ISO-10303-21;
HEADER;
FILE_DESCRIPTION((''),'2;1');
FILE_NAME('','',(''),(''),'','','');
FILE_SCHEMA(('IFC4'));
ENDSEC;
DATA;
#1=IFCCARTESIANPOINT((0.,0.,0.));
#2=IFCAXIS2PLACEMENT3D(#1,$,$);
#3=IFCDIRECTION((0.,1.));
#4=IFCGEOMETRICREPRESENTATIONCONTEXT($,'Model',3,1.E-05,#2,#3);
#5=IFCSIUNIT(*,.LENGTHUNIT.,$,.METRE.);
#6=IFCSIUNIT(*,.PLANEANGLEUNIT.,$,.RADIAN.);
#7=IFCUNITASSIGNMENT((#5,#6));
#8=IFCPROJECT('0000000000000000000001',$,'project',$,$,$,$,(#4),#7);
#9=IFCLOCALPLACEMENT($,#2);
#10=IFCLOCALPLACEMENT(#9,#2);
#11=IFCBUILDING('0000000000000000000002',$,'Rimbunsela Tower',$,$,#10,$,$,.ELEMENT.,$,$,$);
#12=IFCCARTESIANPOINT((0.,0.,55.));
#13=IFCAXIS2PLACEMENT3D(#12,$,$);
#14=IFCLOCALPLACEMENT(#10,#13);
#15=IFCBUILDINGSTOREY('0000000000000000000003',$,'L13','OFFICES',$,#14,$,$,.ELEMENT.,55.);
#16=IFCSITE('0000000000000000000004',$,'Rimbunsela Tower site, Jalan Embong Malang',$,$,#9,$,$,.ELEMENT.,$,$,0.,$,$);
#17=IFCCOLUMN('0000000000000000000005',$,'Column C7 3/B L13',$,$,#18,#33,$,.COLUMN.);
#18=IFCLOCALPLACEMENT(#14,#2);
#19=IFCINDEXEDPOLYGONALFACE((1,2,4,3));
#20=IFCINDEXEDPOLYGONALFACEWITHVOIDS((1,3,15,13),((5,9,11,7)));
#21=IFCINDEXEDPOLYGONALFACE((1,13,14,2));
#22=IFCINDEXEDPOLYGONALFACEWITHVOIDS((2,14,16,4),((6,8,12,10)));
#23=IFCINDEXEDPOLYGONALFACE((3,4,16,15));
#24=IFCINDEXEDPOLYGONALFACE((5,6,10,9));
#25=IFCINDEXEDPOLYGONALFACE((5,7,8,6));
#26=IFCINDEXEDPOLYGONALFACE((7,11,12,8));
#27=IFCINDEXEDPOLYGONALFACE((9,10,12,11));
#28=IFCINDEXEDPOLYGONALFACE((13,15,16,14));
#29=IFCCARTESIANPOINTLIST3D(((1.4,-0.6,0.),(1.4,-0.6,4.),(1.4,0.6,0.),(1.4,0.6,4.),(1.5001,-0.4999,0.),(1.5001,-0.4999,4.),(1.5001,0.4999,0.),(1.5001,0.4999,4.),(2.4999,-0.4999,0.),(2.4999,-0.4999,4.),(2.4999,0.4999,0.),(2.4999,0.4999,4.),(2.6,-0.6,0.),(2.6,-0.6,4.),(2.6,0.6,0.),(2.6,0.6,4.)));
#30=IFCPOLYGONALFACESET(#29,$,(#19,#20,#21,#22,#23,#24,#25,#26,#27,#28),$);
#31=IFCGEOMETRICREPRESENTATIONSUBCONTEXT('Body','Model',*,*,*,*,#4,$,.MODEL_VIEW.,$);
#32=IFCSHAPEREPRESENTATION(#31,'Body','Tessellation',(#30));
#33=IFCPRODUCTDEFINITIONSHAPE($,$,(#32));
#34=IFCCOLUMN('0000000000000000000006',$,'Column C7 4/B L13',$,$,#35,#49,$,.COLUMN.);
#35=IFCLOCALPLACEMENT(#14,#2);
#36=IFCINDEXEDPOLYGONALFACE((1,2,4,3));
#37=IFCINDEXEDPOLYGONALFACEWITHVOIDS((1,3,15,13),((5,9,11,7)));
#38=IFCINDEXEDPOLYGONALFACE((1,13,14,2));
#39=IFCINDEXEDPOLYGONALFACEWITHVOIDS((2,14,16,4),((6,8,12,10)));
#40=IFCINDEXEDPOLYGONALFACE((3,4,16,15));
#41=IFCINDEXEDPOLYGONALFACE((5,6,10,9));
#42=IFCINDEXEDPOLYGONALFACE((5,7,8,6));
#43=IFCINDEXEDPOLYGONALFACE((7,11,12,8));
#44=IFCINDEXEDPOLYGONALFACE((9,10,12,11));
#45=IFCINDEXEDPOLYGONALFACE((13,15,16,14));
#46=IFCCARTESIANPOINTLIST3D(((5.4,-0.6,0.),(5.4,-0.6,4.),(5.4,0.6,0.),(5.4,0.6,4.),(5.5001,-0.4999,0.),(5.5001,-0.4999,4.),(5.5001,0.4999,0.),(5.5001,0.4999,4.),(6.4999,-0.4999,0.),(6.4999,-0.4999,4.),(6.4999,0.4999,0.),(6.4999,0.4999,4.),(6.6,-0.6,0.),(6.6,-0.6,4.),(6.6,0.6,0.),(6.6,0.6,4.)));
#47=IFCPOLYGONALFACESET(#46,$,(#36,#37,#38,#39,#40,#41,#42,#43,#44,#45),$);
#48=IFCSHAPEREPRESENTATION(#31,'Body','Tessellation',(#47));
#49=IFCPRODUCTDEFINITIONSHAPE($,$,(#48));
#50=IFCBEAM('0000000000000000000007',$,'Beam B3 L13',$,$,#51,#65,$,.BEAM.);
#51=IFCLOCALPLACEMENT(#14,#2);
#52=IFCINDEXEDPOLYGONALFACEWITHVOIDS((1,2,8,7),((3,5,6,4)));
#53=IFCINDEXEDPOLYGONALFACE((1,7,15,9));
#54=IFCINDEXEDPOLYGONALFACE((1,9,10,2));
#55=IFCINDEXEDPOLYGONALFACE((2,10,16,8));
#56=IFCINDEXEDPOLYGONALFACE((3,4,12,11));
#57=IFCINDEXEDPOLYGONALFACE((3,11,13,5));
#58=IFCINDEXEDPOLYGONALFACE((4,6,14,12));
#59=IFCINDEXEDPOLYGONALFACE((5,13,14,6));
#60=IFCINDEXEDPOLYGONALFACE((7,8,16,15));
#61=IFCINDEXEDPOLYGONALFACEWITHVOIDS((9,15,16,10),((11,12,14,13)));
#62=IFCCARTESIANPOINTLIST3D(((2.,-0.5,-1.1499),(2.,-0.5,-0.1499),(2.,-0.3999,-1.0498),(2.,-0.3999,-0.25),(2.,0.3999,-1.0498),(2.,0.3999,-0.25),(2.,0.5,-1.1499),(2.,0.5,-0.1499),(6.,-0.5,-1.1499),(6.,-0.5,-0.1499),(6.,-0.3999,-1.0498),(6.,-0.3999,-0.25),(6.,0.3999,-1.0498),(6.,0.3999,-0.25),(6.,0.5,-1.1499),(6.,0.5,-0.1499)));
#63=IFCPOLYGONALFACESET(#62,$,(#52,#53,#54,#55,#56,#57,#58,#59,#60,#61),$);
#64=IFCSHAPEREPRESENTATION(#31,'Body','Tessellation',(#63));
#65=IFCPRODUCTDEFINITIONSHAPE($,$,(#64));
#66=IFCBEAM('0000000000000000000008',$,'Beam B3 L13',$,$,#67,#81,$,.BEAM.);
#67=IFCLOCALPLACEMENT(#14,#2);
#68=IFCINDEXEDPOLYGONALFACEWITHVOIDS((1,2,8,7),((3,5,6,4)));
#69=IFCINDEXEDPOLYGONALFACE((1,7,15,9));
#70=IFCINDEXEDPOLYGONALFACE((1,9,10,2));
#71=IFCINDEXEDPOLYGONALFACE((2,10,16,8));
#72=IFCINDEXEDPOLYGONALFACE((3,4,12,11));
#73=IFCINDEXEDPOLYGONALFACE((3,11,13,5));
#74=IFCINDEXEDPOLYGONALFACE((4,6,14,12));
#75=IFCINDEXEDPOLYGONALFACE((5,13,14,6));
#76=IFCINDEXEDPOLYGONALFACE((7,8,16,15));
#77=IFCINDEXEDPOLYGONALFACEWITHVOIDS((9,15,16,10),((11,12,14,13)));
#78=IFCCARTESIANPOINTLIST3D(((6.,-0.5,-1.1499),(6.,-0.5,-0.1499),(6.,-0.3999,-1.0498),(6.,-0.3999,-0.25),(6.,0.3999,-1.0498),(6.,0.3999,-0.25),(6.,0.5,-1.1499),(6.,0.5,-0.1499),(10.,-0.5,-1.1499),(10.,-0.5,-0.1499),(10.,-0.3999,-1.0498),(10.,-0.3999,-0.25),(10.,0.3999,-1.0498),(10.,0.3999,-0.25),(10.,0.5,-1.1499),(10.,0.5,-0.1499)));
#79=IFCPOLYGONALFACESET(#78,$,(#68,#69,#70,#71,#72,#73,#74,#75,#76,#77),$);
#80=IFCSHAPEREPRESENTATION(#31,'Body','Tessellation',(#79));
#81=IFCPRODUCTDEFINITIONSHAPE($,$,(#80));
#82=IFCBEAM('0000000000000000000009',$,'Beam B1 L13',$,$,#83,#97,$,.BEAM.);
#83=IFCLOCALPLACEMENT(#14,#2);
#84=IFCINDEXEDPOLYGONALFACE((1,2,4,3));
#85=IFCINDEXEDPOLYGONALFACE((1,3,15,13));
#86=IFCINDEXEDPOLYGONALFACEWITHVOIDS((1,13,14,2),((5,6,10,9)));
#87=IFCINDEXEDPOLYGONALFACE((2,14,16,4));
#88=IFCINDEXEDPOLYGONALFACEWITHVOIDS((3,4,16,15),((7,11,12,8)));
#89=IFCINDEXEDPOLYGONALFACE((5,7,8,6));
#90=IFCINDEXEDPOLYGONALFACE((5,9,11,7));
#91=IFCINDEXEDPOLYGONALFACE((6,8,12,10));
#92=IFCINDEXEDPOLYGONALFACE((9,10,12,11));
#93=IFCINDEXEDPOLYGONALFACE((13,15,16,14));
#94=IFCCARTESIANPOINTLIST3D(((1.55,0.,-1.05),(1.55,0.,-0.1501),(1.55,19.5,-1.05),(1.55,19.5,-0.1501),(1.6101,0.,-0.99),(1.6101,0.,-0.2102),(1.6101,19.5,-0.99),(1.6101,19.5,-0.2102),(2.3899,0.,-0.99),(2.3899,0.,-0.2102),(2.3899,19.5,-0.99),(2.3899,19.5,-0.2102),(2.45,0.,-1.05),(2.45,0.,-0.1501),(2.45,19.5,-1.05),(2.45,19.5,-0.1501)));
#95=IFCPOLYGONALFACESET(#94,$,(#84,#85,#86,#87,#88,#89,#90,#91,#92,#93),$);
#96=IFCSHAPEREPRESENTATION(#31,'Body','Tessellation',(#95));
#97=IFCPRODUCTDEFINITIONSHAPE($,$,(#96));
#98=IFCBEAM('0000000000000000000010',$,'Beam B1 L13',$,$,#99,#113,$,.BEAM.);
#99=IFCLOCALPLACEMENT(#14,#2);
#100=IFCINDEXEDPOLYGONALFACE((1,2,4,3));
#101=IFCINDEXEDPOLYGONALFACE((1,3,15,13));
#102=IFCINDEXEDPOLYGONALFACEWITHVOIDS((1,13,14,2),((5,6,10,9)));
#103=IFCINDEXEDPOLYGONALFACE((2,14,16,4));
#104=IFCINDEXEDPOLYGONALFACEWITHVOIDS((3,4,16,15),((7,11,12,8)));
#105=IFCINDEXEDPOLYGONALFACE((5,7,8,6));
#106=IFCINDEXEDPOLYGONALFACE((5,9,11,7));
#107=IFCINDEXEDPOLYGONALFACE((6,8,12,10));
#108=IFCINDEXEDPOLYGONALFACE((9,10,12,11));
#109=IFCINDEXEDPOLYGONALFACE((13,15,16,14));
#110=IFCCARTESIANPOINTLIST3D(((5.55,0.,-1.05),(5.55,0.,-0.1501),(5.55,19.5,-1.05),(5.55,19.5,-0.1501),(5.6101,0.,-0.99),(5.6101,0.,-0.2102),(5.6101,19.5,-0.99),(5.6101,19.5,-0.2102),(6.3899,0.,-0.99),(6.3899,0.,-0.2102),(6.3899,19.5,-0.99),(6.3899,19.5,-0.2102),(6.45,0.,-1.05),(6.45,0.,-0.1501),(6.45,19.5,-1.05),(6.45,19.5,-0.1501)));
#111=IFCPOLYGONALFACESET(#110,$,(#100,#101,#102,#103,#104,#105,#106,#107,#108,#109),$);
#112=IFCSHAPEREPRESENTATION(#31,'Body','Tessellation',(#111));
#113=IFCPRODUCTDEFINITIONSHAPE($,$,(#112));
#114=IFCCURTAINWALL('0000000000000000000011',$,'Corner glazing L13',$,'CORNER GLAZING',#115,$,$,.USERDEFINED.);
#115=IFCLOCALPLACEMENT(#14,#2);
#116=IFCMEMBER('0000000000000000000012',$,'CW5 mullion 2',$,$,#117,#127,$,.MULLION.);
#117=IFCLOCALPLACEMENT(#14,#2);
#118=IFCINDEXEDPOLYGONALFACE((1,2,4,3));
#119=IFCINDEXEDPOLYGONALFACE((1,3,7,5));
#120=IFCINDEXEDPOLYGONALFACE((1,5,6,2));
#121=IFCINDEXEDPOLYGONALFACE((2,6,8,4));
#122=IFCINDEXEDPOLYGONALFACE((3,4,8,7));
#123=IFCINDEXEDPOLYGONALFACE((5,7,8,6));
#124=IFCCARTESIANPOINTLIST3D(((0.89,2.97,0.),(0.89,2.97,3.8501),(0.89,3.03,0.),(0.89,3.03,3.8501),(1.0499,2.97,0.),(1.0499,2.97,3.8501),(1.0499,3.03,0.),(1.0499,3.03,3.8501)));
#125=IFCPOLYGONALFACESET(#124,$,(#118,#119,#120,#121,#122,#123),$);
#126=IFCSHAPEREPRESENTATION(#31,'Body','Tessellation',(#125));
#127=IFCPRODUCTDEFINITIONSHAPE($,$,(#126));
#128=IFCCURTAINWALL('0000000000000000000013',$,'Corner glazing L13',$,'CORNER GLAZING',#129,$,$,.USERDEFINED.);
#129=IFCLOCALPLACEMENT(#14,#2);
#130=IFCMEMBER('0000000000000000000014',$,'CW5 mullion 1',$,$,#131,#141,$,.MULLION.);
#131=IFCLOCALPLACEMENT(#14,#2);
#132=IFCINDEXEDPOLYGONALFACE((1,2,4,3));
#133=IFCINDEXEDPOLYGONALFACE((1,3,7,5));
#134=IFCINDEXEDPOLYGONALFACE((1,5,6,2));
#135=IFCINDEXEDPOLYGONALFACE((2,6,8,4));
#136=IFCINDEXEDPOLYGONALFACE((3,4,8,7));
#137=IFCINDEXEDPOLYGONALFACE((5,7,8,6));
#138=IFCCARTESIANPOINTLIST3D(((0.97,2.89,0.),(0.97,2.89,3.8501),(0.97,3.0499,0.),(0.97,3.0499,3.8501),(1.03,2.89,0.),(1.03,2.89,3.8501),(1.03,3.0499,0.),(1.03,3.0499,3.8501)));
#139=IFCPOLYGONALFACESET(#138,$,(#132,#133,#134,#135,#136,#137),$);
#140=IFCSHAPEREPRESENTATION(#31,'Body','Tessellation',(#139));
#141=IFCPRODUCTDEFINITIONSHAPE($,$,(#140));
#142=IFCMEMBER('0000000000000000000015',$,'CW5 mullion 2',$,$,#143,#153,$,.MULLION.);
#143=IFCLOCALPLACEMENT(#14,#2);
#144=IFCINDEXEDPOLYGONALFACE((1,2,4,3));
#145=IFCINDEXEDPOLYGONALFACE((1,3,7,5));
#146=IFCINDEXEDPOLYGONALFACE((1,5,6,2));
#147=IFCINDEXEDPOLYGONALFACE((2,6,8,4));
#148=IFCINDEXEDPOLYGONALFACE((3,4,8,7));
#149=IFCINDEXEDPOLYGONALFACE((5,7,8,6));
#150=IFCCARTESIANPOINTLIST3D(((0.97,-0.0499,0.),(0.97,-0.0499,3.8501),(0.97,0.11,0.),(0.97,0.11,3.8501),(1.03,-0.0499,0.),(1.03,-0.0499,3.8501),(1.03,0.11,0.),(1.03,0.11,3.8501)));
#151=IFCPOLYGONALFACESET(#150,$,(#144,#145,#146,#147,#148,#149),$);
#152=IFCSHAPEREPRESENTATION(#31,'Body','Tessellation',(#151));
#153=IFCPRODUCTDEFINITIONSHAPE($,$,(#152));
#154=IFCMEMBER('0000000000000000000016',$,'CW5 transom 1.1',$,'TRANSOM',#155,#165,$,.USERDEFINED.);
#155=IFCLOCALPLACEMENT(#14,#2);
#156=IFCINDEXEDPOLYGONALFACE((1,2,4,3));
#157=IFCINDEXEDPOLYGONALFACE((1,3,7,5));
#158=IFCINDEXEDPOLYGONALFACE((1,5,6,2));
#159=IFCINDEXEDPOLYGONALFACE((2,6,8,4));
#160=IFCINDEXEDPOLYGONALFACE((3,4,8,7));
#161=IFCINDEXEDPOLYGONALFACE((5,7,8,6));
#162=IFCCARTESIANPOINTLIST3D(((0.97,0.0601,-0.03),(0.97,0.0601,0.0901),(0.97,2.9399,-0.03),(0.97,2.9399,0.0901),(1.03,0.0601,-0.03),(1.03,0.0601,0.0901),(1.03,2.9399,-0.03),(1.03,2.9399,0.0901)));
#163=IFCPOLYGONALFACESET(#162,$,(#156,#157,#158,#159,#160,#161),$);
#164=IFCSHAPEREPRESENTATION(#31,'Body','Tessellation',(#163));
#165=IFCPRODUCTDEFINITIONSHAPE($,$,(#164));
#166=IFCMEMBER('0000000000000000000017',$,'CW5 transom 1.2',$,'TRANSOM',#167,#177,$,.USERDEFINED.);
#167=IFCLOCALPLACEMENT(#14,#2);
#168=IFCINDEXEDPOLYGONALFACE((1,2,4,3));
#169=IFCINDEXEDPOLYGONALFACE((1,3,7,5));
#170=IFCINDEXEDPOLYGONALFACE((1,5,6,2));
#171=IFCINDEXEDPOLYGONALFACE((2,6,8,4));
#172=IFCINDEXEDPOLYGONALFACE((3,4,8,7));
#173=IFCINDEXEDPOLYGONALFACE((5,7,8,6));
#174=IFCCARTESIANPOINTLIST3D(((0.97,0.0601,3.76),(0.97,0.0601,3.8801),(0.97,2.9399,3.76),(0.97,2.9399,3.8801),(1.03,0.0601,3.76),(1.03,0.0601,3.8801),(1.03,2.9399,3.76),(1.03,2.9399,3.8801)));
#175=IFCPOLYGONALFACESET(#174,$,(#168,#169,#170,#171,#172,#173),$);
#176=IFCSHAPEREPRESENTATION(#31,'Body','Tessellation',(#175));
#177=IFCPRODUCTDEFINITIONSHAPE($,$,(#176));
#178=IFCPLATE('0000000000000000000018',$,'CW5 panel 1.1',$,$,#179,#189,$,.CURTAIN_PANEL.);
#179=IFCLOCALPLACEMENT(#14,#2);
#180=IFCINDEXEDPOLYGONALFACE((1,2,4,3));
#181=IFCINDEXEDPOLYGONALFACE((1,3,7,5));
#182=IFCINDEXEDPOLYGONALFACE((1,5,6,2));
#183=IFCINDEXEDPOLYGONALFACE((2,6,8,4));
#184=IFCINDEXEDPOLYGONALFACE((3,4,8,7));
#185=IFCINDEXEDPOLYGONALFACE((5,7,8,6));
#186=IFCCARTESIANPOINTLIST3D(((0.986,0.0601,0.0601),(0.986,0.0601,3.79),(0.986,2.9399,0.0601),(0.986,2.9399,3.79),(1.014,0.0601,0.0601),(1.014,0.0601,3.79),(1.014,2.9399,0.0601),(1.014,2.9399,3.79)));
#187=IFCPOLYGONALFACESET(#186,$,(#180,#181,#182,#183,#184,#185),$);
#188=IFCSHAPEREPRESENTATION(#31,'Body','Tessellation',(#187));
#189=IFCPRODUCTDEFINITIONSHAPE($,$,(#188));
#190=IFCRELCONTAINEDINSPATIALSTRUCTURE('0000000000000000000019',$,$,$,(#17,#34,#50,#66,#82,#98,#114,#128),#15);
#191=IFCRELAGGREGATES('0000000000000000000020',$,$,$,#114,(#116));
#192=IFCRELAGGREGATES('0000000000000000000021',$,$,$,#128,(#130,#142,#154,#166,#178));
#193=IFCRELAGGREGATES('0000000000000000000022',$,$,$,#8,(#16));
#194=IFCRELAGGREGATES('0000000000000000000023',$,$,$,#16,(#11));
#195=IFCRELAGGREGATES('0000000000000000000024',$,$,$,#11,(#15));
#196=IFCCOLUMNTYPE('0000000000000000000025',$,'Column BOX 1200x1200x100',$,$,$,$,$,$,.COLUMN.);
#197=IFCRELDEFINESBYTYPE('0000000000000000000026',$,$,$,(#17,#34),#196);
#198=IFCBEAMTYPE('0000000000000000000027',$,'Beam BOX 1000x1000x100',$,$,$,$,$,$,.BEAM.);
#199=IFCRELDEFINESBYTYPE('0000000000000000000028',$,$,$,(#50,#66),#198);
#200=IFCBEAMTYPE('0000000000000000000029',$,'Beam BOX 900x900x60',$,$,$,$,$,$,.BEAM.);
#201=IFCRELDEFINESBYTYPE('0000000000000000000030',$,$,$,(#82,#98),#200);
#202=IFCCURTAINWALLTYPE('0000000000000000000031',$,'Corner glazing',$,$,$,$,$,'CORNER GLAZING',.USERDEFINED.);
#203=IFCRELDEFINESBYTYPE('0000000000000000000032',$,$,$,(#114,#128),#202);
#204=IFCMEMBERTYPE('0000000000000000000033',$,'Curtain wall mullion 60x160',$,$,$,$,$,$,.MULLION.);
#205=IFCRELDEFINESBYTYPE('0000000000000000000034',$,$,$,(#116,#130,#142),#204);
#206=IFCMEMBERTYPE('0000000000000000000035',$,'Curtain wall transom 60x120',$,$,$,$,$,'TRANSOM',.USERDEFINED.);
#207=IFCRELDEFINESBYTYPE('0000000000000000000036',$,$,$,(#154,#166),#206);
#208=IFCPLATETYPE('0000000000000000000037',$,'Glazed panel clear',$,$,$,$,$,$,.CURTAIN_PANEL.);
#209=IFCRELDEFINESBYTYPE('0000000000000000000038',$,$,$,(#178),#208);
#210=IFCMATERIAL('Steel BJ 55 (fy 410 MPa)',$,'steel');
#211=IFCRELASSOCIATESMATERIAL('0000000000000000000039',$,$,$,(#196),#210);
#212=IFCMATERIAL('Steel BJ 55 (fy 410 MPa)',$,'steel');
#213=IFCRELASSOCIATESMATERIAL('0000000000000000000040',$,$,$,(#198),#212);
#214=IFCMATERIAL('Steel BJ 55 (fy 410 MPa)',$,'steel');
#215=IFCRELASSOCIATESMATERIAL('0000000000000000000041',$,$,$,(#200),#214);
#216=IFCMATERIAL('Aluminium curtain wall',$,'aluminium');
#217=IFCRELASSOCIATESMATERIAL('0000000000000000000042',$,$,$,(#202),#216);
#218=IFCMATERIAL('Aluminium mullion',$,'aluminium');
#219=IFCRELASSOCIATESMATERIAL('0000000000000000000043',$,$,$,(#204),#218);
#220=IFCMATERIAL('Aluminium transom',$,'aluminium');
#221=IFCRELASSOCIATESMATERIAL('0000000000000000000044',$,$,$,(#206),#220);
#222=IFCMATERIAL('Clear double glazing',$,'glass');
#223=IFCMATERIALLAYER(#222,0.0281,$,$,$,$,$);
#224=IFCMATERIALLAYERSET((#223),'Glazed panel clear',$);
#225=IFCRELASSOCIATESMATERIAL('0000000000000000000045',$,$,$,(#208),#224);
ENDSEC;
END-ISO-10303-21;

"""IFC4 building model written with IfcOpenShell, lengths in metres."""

from ifc_helpers import new_model, si_unit, direction, frame, origin, origin_2d, place, context, subcontext, project, spatial, rectangle, hollow_rectangle, extrude, material, layer, layer_set, material_profile, profile_set, type_object, element, aggregate, save


model = new_model("IFC4")

# Units and contexts
model_context = context("Model", 3, precision=1e-05, world=origin(), true_north=direction((0.0, 1.0)))
body_context = subcontext(model_context, "Body", "Model", "MODEL_VIEW")
ifc_project = project(units=[si_unit("LENGTHUNIT", "METRE"), si_unit("PLANEANGLEUNIT", "RADIAN")], contexts=[model_context])

# Site, building, storey
site_placement = place(None, origin())
site = spatial("IfcSite", under=ifc_project, at=site_placement, Name="Rimbunsela Tower site, Jalan Embong Malang", CompositionType="ELEMENT", RefElevation=0.0)
building_placement = place(site_placement, origin())
building = spatial("IfcBuilding", under=site, at=building_placement, Name="Rimbunsela Tower", CompositionType="ELEMENT")
storey_placement = place(building_placement, frame((0.0, 0.0, 55.0)))
storey = spatial("IfcBuildingStorey", under=building, at=storey_placement, Name="L13", Description="OFFICES", CompositionType="ELEMENT", Elevation=55.0)

# Columns
ifc_material_1 = material(Name="Steel BJ 55 (fy 410 MPa)", Category="steel")
ifc_material_profile_1 = material_profile(ifc_material_1, hollow_rectangle(XDim=1.2, YDim=1.2, WallThickness=0.1001, at=origin_2d()), Name="BOX 1200x1200x100")
ifc_profile_set_1 = profile_set([ifc_material_profile_1], Name="Steel BJ 55 (fy 410 MPa)")
column_type = type_object("IfcColumnType", Name="Column BOX 1200x1200x100", PredefinedType="COLUMN", material=ifc_profile_set_1)
for number, where, z_axis, x_axis, name in (
    (1, (2.0, 0.0, 0.0), (0.0, 0.0, 1.0), (1.0, 0.0, 0.0), "Column C7 3/B L13"),
    (2, (6.0, 0.0, 0.0), (0.0, 0.0, 1.0), (1.0, 0.0, 0.0), "Column C7 4/B L13"),
):
    element("IfcColumn", number, at=place(storey_placement, frame(where, z_axis=z_axis, x_axis=x_axis)), inside=storey, type_object=column_type, Name=name, PredefinedType="COLUMN", context=body_context, shape_type="SweptSolid", body=[
        extrude(hollow_rectangle(XDim=1.2, YDim=1.2, WallThickness=0.1001, at=origin_2d()), origin(), (0.0, 0.0, 1.0), 4.0),
    ])

# Beams
ifc_material_2 = material(Name="Steel BJ 55 (fy 410 MPa)", Category="steel")
ifc_material_profile_2 = material_profile(ifc_material_2, hollow_rectangle(XDim=1.0, YDim=1.0, WallThickness=0.1001, at=origin_2d()), Name="BOX 1000x1000x100")
ifc_profile_set_2 = profile_set([ifc_material_profile_2], Name="Steel BJ 55 (fy 410 MPa)")
beam_type_1 = type_object("IfcBeamType", Name="Beam BOX 1000x1000x100", PredefinedType="BEAM", material=ifc_profile_set_2)
for number, where, z_axis, x_axis, name in (
    (3, (2.0, 0.0, -0.6499), (1.0, 0.0, 0.0), (0.0, 1.0, 0.0), "Beam B3 L13"),
    (4, (6.0, 0.0, -0.6499), (1.0, 0.0, 0.0), (0.0, 1.0, 0.0), "Beam B3 L13"),
):
    element("IfcBeam", number, at=place(storey_placement, frame(where, z_axis=z_axis, x_axis=x_axis)), inside=storey, type_object=beam_type_1, Name=name, PredefinedType="BEAM", context=body_context, shape_type="SweptSolid", body=[
        extrude(hollow_rectangle(XDim=1.0, YDim=1.0, WallThickness=0.1001, at=origin_2d()), origin(), (0.0, 0.0, 1.0), 4.0),
    ])
ifc_material_3 = material(Name="Steel BJ 55 (fy 410 MPa)", Category="steel")
ifc_material_profile_3 = material_profile(ifc_material_3, hollow_rectangle(XDim=0.8999, YDim=0.8999, WallThickness=0.0601, at=origin_2d()), Name="BOX 900x900x60")
ifc_profile_set_3 = profile_set([ifc_material_profile_3], Name="Steel BJ 55 (fy 410 MPa)")
beam_type_2 = type_object("IfcBeamType", Name="Beam BOX 900x900x60", PredefinedType="BEAM", material=ifc_profile_set_3)
for number, where, z_axis, x_axis, name in (
    (5, (2.0, 0.0, -0.6001), (0.0, 1.0, 0.0), (-1.0, 0.0, 0.0), "Beam B1 L13"),
    (6, (6.0, 0.0, -0.6001), (0.0, 1.0, 0.0), (-1.0, 0.0, 0.0), "Beam B1 L13"),
):
    element("IfcBeam", number, at=place(storey_placement, frame(where, z_axis=z_axis, x_axis=x_axis)), inside=storey, type_object=beam_type_2, Name=name, PredefinedType="BEAM", context=body_context, shape_type="SweptSolid", body=[
        extrude(hollow_rectangle(XDim=0.8999, YDim=0.8999, WallThickness=0.0601, at=origin_2d()), origin(), (0.0, 0.0, 1.0), 19.5),
    ])

# Curtain wall, member
ifc_material_4 = material(Name="Aluminium curtain wall", Category="aluminium")
curtain_wall_type = type_object("IfcCurtainWallType", Name="Corner glazing", ElementType="CORNER GLAZING", PredefinedType="USERDEFINED", material=ifc_material_4)
curtain_wall_1_placement = place(storey_placement, origin())
curtain_wall_1 = element("IfcCurtainWall", 7, at=curtain_wall_1_placement, inside=storey, type_object=curtain_wall_type, Name="Corner glazing L13", ObjectType="CORNER GLAZING", PredefinedType="USERDEFINED")
ifc_material_5 = material(Name="Aluminium mullion", Category="aluminium")
ifc_material_profile_4 = material_profile(ifc_material_5, rectangle(XDim=0.0601, YDim=0.1599, at=origin_2d()), Name="Mullion 60x160")
ifc_profile_set_4 = profile_set([ifc_material_profile_4], Name="Aluminium mullion")
member_type_1 = type_object("IfcMemberType", Name="Curtain wall mullion 60x160", PredefinedType="MULLION", material=ifc_profile_set_4)
member_1_placement = place(storey_placement, frame((0.97, 3.0, 0.0), z_axis=(0.0, 0.0, 1.0), x_axis=(0.0, 1.0, 0.0)))
member_1 = element("IfcMember", 8, at=member_1_placement, type_object=member_type_1, Name="CW5 mullion 2", PredefinedType="MULLION", context=body_context, shape_type="SweptSolid", body=[
    extrude(rectangle(XDim=0.0601, YDim=0.1599, at=origin_2d()), origin(), (0.0, 0.0, 1.0), 3.8501),
])
aggregate(curtain_wall_1, [member_1])

# Curtain wall, members, plate
curtain_wall_2_placement = place(storey_placement, origin())
curtain_wall_2 = element("IfcCurtainWall", 9, at=curtain_wall_2_placement, inside=storey, type_object=curtain_wall_type, Name="Corner glazing L13", ObjectType="CORNER GLAZING", PredefinedType="USERDEFINED")
member_2_placement = place(storey_placement, frame((1.0, 2.97, 0.0), z_axis=(0.0, 0.0, 1.0), x_axis=(1.0, 0.0, 0.0)))
member_2 = element("IfcMember", 10, at=member_2_placement, type_object=member_type_1, Name="CW5 mullion 1", PredefinedType="MULLION", context=body_context, shape_type="SweptSolid", body=[
    extrude(rectangle(XDim=0.0601, YDim=0.1599, at=origin_2d()), origin(), (0.0, 0.0, 1.0), 3.8501),
])
member_3_placement = place(storey_placement, frame((1.0, 0.03, 0.0), z_axis=(0.0, 0.0, 1.0), x_axis=(1.0, 0.0, 0.0)))
member_3 = element("IfcMember", 11, at=member_3_placement, type_object=member_type_1, Name="CW5 mullion 2", PredefinedType="MULLION", context=body_context, shape_type="SweptSolid", body=[
    extrude(rectangle(XDim=0.0601, YDim=0.1599, at=origin_2d()), origin(), (0.0, 0.0, 1.0), 3.8501),
])
ifc_material_6 = material(Name="Aluminium transom", Category="aluminium")
ifc_material_profile_5 = material_profile(ifc_material_6, rectangle(XDim=0.0601, YDim=0.1201, at=origin_2d()), Name="Transom 60x120")
ifc_profile_set_5 = profile_set([ifc_material_profile_5], Name="Aluminium transom")
member_type_2 = type_object("IfcMemberType", Name="Curtain wall transom 60x120", ElementType="TRANSOM", PredefinedType="USERDEFINED", material=ifc_profile_set_5)
member_4_placement = place(storey_placement, frame((1.0, 2.9399, 0.03), z_axis=(0.0, -1.0, 0.0), x_axis=(1.0, 0.0, 0.0)))
member_4 = element("IfcMember", 12, at=member_4_placement, type_object=member_type_2, Name="CW5 transom 1.1", ObjectType="TRANSOM", PredefinedType="USERDEFINED", context=body_context, shape_type="SweptSolid", body=[
    extrude(rectangle(XDim=0.0601, YDim=0.1201, at=origin_2d()), origin(), (0.0, 0.0, 1.0), 2.8799),
])
member_5_placement = place(storey_placement, frame((1.0, 2.9399, 3.8201), z_axis=(0.0, -1.0, 0.0), x_axis=(1.0, 0.0, 0.0)))
member_5 = element("IfcMember", 13, at=member_5_placement, type_object=member_type_2, Name="CW5 transom 1.2", ObjectType="TRANSOM", PredefinedType="USERDEFINED", context=body_context, shape_type="SweptSolid", body=[
    extrude(rectangle(XDim=0.0601, YDim=0.1201, at=origin_2d()), origin(), (0.0, 0.0, 1.0), 2.8799),
])
ifc_material_7 = material(Name="Clear double glazing", Category="glass")
ifc_layer_1 = layer(ifc_material_7, 0.0281)
ifc_layer_set_1 = layer_set([ifc_layer_1], Name="Glazed panel clear")
plate_type = type_object("IfcPlateType", Name="Glazed panel clear", PredefinedType="CURTAIN_PANEL", material=ifc_layer_set_1)
plate_placement = place(storey_placement, frame((1.0, 1.5, 0.0601), z_axis=(0.0, 0.0, 1.0), x_axis=(0.0, -1.0, 0.0)))
plate = element("IfcPlate", 14, at=plate_placement, type_object=plate_type, Name="CW5 panel 1.1", PredefinedType="CURTAIN_PANEL", context=body_context, shape_type="SweptSolid", body=[
    extrude(rectangle(XDim=2.8799, YDim=0.0281, at=origin_2d()), origin(), (0.0, 0.0, 1.0), 3.73),
])
aggregate(curtain_wall_2, [member_2, member_3, member_4, member_5, plate])

save(model, "model.ifc")
